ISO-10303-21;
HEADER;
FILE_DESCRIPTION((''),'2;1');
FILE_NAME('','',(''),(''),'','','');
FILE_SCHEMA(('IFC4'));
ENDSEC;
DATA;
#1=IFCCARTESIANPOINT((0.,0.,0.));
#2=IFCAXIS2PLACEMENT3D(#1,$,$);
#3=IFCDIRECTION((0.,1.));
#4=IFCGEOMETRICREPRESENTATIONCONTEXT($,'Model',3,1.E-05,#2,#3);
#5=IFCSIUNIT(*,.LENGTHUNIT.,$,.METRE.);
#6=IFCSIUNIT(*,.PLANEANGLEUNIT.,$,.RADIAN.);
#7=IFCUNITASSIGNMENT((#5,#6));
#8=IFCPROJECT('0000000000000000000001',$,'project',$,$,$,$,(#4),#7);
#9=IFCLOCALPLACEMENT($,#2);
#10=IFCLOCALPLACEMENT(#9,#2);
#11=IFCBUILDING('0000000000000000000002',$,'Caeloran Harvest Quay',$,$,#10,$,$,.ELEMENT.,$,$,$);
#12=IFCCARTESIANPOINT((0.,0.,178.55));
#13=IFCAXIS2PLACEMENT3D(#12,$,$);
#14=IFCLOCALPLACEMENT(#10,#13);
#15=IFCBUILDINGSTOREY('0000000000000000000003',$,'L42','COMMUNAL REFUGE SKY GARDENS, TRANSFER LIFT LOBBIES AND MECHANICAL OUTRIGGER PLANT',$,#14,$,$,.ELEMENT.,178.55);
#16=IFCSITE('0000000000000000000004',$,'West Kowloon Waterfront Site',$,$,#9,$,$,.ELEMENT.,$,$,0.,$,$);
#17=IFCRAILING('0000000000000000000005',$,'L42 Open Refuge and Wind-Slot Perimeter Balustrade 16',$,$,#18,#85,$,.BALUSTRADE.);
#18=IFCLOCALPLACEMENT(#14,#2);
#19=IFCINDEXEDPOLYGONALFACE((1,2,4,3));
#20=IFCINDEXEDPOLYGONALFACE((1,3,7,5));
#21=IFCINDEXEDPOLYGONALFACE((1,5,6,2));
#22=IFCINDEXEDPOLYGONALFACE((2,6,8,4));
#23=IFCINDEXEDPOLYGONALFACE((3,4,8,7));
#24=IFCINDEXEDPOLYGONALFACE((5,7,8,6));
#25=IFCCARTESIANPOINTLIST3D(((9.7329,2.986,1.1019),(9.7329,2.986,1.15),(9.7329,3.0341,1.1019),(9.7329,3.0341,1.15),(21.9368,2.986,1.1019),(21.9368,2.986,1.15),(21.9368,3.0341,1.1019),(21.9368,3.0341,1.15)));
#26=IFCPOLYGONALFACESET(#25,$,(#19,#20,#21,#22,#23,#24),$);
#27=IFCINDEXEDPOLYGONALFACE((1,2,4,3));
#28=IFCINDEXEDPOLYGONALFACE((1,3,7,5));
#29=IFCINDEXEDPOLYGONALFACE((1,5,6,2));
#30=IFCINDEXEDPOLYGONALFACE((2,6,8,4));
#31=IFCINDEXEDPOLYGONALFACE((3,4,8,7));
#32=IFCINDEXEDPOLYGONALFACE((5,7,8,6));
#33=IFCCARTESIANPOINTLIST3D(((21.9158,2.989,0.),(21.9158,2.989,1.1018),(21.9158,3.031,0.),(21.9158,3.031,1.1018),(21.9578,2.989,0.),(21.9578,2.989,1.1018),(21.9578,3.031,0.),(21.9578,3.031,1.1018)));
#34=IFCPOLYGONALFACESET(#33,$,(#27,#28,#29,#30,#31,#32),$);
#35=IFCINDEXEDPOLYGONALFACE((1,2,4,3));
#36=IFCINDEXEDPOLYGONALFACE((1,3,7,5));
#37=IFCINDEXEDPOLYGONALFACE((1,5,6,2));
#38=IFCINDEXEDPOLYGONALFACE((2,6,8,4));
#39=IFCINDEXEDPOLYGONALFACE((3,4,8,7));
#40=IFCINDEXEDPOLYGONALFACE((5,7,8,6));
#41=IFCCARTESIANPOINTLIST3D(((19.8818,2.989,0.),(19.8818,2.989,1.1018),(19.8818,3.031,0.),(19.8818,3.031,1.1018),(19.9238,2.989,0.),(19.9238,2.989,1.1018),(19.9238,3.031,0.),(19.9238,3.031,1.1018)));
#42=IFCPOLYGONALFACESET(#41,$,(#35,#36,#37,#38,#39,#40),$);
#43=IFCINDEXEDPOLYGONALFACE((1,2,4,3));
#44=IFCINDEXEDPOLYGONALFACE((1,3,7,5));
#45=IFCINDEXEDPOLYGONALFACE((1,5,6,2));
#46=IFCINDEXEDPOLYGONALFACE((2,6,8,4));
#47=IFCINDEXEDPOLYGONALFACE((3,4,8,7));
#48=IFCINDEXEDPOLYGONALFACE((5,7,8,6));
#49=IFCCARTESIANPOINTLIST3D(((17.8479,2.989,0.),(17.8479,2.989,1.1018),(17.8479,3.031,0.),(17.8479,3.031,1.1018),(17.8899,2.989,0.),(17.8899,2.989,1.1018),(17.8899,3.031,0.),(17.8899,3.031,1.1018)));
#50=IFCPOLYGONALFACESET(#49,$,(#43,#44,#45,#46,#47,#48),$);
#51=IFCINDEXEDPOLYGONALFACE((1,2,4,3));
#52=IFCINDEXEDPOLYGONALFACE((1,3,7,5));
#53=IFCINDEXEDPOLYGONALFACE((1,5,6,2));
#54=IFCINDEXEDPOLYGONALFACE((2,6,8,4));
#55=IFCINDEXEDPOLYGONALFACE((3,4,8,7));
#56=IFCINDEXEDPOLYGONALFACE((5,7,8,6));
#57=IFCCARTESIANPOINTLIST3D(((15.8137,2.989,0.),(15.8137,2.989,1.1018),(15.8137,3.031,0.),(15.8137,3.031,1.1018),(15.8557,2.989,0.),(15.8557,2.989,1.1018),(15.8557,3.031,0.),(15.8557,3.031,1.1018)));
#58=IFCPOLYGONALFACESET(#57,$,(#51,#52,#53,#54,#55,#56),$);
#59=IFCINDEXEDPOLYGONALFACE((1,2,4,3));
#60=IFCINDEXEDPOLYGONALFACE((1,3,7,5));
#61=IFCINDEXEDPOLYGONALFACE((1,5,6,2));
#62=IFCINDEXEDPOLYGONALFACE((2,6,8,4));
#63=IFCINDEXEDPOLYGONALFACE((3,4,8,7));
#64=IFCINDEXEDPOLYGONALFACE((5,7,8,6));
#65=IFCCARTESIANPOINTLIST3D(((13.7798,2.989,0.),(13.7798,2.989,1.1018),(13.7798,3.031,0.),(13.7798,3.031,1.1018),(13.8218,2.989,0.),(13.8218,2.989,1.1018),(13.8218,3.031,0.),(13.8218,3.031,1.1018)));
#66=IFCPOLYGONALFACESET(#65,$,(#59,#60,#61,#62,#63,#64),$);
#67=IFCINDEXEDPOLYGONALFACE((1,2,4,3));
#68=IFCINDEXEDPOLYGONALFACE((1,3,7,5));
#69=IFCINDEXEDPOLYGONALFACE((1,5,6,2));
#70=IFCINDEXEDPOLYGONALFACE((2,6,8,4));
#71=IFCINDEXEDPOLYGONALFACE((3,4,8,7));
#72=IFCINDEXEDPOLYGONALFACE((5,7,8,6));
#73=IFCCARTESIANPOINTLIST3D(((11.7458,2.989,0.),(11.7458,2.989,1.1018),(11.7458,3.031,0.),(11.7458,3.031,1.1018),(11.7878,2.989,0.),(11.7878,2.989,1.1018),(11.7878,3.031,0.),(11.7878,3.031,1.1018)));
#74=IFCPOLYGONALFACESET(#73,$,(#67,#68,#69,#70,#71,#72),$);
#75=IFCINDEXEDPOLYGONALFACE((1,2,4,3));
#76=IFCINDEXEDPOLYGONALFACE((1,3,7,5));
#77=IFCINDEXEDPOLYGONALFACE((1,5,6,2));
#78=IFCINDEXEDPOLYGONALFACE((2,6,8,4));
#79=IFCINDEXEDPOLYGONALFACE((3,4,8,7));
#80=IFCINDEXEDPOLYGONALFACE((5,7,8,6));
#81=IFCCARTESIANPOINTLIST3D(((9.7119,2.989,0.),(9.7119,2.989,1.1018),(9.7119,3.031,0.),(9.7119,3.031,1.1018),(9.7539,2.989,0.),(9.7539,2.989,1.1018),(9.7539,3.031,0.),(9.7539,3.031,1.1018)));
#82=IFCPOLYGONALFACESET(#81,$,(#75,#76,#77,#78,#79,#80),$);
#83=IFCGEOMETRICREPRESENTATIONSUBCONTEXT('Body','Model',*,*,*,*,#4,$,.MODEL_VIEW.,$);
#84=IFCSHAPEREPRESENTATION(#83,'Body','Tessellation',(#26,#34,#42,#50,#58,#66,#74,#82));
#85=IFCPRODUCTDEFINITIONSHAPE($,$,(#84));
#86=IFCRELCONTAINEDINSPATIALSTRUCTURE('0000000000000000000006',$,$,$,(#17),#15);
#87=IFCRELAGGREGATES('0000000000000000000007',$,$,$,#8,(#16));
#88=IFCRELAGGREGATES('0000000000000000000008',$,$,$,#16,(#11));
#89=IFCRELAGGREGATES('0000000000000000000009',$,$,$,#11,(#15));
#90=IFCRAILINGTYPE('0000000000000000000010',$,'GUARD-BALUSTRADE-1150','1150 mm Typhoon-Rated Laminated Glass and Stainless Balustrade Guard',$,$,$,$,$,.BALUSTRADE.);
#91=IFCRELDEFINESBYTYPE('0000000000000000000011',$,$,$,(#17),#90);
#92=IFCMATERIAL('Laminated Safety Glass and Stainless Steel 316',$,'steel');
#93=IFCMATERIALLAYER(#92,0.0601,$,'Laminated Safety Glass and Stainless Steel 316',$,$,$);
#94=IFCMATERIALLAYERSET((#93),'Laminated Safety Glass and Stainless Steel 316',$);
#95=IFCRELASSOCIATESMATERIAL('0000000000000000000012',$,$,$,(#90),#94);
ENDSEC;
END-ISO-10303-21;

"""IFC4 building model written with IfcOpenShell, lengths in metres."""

from ifc_helpers import new_model, si_unit, direction, frame, origin, origin_2d, place, context, subcontext, project, spatial, rectangle, extrude, material, layer, layer_set, type_object, element, save


model = new_model("IFC4")

# Units and contexts
model_context = context("Model", 3, precision=1e-05, world=origin(), true_north=direction((0.0, 1.0)))
body_context = subcontext(model_context, "Body", "Model", "MODEL_VIEW")
ifc_project = project(units=[si_unit("LENGTHUNIT", "METRE"), si_unit("PLANEANGLEUNIT", "RADIAN")], contexts=[model_context])

# Site, building, storey
site_placement = place(None, origin())
site = spatial("IfcSite", under=ifc_project, at=site_placement, Name="West Kowloon Waterfront Site", CompositionType="ELEMENT", RefElevation=0.0)
building_placement = place(site_placement, origin())
building = spatial("IfcBuilding", under=site, at=building_placement, Name="Caeloran Harvest Quay", CompositionType="ELEMENT")
storey_placement = place(building_placement, frame((0.0, 0.0, 178.55)))
storey = spatial("IfcBuildingStorey", under=building, at=storey_placement, Name="L42", Description="COMMUNAL REFUGE SKY GARDENS, TRANSFER LIFT LOBBIES AND MECHANICAL OUTRIGGER PLANT", CompositionType="ELEMENT", Elevation=178.55)

# Railing
ifc_material_1 = material(Name="Laminated Safety Glass and Stainless Steel 316", Category="steel")
ifc_layer_1 = layer(ifc_material_1, 0.0601, Name="Laminated Safety Glass and Stainless Steel 316")
ifc_layer_set_1 = layer_set([ifc_layer_1], Name="Laminated Safety Glass and Stainless Steel 316")
railing_type = type_object("IfcRailingType", Name="GUARD-BALUSTRADE-1150", Description="1150 mm Typhoon-Rated Laminated Glass and Stainless Balustrade Guard", PredefinedType="BALUSTRADE", material=ifc_layer_set_1)
railing_placement = place(storey_placement, frame((21.9368, 3.01, 0.0)))
element("IfcRailing", 1, at=railing_placement, inside=storey, type_object=railing_type, Name="L42 Open Refuge and Wind-Slot Perimeter Balustrade 16", PredefinedType="BALUSTRADE", context=body_context, shape_type="SweptSolid", body=[
    extrude(rectangle(XDim=0.0481, YDim=0.0481, at=origin_2d()), frame((0.0, 0.0, 1.126), z_axis=(-1.0, 0.0, 0.0), x_axis=(0.0, -1.0, 0.0)), (0.0, 0.0, 1.0), 12.2039),
    extrude(rectangle(XDim=0.042, YDim=0.042, at=origin_2d()), origin(), (0.0, 0.0, 1.0), 1.1018),
    extrude(rectangle(XDim=0.042, YDim=0.042, at=origin_2d()), frame((-2.0339, 0.0, 0.0)), (0.0, 0.0, 1.0), 1.1018),
    extrude(rectangle(XDim=0.042, YDim=0.042, at=origin_2d()), frame((-4.0679, 0.0, 0.0)), (0.0, 0.0, 1.0), 1.1018),
    extrude(rectangle(XDim=0.042, YDim=0.042, at=origin_2d()), frame((-6.1021, 0.0, 0.0)), (0.0, 0.0, 1.0), 1.1018),
    extrude(rectangle(XDim=0.042, YDim=0.042, at=origin_2d()), frame((-8.136, 0.0, 0.0)), (0.0, 0.0, 1.0), 1.1018),
    extrude(rectangle(XDim=0.042, YDim=0.042, at=origin_2d()), frame((-10.1699, 0.0, 0.0)), (0.0, 0.0, 1.0), 1.1018),
    extrude(rectangle(XDim=0.042, YDim=0.042, at=origin_2d()), frame((-12.2039, 0.0, 0.0)), (0.0, 0.0, 1.0), 1.1018),
])

save(model, "model.ifc")
